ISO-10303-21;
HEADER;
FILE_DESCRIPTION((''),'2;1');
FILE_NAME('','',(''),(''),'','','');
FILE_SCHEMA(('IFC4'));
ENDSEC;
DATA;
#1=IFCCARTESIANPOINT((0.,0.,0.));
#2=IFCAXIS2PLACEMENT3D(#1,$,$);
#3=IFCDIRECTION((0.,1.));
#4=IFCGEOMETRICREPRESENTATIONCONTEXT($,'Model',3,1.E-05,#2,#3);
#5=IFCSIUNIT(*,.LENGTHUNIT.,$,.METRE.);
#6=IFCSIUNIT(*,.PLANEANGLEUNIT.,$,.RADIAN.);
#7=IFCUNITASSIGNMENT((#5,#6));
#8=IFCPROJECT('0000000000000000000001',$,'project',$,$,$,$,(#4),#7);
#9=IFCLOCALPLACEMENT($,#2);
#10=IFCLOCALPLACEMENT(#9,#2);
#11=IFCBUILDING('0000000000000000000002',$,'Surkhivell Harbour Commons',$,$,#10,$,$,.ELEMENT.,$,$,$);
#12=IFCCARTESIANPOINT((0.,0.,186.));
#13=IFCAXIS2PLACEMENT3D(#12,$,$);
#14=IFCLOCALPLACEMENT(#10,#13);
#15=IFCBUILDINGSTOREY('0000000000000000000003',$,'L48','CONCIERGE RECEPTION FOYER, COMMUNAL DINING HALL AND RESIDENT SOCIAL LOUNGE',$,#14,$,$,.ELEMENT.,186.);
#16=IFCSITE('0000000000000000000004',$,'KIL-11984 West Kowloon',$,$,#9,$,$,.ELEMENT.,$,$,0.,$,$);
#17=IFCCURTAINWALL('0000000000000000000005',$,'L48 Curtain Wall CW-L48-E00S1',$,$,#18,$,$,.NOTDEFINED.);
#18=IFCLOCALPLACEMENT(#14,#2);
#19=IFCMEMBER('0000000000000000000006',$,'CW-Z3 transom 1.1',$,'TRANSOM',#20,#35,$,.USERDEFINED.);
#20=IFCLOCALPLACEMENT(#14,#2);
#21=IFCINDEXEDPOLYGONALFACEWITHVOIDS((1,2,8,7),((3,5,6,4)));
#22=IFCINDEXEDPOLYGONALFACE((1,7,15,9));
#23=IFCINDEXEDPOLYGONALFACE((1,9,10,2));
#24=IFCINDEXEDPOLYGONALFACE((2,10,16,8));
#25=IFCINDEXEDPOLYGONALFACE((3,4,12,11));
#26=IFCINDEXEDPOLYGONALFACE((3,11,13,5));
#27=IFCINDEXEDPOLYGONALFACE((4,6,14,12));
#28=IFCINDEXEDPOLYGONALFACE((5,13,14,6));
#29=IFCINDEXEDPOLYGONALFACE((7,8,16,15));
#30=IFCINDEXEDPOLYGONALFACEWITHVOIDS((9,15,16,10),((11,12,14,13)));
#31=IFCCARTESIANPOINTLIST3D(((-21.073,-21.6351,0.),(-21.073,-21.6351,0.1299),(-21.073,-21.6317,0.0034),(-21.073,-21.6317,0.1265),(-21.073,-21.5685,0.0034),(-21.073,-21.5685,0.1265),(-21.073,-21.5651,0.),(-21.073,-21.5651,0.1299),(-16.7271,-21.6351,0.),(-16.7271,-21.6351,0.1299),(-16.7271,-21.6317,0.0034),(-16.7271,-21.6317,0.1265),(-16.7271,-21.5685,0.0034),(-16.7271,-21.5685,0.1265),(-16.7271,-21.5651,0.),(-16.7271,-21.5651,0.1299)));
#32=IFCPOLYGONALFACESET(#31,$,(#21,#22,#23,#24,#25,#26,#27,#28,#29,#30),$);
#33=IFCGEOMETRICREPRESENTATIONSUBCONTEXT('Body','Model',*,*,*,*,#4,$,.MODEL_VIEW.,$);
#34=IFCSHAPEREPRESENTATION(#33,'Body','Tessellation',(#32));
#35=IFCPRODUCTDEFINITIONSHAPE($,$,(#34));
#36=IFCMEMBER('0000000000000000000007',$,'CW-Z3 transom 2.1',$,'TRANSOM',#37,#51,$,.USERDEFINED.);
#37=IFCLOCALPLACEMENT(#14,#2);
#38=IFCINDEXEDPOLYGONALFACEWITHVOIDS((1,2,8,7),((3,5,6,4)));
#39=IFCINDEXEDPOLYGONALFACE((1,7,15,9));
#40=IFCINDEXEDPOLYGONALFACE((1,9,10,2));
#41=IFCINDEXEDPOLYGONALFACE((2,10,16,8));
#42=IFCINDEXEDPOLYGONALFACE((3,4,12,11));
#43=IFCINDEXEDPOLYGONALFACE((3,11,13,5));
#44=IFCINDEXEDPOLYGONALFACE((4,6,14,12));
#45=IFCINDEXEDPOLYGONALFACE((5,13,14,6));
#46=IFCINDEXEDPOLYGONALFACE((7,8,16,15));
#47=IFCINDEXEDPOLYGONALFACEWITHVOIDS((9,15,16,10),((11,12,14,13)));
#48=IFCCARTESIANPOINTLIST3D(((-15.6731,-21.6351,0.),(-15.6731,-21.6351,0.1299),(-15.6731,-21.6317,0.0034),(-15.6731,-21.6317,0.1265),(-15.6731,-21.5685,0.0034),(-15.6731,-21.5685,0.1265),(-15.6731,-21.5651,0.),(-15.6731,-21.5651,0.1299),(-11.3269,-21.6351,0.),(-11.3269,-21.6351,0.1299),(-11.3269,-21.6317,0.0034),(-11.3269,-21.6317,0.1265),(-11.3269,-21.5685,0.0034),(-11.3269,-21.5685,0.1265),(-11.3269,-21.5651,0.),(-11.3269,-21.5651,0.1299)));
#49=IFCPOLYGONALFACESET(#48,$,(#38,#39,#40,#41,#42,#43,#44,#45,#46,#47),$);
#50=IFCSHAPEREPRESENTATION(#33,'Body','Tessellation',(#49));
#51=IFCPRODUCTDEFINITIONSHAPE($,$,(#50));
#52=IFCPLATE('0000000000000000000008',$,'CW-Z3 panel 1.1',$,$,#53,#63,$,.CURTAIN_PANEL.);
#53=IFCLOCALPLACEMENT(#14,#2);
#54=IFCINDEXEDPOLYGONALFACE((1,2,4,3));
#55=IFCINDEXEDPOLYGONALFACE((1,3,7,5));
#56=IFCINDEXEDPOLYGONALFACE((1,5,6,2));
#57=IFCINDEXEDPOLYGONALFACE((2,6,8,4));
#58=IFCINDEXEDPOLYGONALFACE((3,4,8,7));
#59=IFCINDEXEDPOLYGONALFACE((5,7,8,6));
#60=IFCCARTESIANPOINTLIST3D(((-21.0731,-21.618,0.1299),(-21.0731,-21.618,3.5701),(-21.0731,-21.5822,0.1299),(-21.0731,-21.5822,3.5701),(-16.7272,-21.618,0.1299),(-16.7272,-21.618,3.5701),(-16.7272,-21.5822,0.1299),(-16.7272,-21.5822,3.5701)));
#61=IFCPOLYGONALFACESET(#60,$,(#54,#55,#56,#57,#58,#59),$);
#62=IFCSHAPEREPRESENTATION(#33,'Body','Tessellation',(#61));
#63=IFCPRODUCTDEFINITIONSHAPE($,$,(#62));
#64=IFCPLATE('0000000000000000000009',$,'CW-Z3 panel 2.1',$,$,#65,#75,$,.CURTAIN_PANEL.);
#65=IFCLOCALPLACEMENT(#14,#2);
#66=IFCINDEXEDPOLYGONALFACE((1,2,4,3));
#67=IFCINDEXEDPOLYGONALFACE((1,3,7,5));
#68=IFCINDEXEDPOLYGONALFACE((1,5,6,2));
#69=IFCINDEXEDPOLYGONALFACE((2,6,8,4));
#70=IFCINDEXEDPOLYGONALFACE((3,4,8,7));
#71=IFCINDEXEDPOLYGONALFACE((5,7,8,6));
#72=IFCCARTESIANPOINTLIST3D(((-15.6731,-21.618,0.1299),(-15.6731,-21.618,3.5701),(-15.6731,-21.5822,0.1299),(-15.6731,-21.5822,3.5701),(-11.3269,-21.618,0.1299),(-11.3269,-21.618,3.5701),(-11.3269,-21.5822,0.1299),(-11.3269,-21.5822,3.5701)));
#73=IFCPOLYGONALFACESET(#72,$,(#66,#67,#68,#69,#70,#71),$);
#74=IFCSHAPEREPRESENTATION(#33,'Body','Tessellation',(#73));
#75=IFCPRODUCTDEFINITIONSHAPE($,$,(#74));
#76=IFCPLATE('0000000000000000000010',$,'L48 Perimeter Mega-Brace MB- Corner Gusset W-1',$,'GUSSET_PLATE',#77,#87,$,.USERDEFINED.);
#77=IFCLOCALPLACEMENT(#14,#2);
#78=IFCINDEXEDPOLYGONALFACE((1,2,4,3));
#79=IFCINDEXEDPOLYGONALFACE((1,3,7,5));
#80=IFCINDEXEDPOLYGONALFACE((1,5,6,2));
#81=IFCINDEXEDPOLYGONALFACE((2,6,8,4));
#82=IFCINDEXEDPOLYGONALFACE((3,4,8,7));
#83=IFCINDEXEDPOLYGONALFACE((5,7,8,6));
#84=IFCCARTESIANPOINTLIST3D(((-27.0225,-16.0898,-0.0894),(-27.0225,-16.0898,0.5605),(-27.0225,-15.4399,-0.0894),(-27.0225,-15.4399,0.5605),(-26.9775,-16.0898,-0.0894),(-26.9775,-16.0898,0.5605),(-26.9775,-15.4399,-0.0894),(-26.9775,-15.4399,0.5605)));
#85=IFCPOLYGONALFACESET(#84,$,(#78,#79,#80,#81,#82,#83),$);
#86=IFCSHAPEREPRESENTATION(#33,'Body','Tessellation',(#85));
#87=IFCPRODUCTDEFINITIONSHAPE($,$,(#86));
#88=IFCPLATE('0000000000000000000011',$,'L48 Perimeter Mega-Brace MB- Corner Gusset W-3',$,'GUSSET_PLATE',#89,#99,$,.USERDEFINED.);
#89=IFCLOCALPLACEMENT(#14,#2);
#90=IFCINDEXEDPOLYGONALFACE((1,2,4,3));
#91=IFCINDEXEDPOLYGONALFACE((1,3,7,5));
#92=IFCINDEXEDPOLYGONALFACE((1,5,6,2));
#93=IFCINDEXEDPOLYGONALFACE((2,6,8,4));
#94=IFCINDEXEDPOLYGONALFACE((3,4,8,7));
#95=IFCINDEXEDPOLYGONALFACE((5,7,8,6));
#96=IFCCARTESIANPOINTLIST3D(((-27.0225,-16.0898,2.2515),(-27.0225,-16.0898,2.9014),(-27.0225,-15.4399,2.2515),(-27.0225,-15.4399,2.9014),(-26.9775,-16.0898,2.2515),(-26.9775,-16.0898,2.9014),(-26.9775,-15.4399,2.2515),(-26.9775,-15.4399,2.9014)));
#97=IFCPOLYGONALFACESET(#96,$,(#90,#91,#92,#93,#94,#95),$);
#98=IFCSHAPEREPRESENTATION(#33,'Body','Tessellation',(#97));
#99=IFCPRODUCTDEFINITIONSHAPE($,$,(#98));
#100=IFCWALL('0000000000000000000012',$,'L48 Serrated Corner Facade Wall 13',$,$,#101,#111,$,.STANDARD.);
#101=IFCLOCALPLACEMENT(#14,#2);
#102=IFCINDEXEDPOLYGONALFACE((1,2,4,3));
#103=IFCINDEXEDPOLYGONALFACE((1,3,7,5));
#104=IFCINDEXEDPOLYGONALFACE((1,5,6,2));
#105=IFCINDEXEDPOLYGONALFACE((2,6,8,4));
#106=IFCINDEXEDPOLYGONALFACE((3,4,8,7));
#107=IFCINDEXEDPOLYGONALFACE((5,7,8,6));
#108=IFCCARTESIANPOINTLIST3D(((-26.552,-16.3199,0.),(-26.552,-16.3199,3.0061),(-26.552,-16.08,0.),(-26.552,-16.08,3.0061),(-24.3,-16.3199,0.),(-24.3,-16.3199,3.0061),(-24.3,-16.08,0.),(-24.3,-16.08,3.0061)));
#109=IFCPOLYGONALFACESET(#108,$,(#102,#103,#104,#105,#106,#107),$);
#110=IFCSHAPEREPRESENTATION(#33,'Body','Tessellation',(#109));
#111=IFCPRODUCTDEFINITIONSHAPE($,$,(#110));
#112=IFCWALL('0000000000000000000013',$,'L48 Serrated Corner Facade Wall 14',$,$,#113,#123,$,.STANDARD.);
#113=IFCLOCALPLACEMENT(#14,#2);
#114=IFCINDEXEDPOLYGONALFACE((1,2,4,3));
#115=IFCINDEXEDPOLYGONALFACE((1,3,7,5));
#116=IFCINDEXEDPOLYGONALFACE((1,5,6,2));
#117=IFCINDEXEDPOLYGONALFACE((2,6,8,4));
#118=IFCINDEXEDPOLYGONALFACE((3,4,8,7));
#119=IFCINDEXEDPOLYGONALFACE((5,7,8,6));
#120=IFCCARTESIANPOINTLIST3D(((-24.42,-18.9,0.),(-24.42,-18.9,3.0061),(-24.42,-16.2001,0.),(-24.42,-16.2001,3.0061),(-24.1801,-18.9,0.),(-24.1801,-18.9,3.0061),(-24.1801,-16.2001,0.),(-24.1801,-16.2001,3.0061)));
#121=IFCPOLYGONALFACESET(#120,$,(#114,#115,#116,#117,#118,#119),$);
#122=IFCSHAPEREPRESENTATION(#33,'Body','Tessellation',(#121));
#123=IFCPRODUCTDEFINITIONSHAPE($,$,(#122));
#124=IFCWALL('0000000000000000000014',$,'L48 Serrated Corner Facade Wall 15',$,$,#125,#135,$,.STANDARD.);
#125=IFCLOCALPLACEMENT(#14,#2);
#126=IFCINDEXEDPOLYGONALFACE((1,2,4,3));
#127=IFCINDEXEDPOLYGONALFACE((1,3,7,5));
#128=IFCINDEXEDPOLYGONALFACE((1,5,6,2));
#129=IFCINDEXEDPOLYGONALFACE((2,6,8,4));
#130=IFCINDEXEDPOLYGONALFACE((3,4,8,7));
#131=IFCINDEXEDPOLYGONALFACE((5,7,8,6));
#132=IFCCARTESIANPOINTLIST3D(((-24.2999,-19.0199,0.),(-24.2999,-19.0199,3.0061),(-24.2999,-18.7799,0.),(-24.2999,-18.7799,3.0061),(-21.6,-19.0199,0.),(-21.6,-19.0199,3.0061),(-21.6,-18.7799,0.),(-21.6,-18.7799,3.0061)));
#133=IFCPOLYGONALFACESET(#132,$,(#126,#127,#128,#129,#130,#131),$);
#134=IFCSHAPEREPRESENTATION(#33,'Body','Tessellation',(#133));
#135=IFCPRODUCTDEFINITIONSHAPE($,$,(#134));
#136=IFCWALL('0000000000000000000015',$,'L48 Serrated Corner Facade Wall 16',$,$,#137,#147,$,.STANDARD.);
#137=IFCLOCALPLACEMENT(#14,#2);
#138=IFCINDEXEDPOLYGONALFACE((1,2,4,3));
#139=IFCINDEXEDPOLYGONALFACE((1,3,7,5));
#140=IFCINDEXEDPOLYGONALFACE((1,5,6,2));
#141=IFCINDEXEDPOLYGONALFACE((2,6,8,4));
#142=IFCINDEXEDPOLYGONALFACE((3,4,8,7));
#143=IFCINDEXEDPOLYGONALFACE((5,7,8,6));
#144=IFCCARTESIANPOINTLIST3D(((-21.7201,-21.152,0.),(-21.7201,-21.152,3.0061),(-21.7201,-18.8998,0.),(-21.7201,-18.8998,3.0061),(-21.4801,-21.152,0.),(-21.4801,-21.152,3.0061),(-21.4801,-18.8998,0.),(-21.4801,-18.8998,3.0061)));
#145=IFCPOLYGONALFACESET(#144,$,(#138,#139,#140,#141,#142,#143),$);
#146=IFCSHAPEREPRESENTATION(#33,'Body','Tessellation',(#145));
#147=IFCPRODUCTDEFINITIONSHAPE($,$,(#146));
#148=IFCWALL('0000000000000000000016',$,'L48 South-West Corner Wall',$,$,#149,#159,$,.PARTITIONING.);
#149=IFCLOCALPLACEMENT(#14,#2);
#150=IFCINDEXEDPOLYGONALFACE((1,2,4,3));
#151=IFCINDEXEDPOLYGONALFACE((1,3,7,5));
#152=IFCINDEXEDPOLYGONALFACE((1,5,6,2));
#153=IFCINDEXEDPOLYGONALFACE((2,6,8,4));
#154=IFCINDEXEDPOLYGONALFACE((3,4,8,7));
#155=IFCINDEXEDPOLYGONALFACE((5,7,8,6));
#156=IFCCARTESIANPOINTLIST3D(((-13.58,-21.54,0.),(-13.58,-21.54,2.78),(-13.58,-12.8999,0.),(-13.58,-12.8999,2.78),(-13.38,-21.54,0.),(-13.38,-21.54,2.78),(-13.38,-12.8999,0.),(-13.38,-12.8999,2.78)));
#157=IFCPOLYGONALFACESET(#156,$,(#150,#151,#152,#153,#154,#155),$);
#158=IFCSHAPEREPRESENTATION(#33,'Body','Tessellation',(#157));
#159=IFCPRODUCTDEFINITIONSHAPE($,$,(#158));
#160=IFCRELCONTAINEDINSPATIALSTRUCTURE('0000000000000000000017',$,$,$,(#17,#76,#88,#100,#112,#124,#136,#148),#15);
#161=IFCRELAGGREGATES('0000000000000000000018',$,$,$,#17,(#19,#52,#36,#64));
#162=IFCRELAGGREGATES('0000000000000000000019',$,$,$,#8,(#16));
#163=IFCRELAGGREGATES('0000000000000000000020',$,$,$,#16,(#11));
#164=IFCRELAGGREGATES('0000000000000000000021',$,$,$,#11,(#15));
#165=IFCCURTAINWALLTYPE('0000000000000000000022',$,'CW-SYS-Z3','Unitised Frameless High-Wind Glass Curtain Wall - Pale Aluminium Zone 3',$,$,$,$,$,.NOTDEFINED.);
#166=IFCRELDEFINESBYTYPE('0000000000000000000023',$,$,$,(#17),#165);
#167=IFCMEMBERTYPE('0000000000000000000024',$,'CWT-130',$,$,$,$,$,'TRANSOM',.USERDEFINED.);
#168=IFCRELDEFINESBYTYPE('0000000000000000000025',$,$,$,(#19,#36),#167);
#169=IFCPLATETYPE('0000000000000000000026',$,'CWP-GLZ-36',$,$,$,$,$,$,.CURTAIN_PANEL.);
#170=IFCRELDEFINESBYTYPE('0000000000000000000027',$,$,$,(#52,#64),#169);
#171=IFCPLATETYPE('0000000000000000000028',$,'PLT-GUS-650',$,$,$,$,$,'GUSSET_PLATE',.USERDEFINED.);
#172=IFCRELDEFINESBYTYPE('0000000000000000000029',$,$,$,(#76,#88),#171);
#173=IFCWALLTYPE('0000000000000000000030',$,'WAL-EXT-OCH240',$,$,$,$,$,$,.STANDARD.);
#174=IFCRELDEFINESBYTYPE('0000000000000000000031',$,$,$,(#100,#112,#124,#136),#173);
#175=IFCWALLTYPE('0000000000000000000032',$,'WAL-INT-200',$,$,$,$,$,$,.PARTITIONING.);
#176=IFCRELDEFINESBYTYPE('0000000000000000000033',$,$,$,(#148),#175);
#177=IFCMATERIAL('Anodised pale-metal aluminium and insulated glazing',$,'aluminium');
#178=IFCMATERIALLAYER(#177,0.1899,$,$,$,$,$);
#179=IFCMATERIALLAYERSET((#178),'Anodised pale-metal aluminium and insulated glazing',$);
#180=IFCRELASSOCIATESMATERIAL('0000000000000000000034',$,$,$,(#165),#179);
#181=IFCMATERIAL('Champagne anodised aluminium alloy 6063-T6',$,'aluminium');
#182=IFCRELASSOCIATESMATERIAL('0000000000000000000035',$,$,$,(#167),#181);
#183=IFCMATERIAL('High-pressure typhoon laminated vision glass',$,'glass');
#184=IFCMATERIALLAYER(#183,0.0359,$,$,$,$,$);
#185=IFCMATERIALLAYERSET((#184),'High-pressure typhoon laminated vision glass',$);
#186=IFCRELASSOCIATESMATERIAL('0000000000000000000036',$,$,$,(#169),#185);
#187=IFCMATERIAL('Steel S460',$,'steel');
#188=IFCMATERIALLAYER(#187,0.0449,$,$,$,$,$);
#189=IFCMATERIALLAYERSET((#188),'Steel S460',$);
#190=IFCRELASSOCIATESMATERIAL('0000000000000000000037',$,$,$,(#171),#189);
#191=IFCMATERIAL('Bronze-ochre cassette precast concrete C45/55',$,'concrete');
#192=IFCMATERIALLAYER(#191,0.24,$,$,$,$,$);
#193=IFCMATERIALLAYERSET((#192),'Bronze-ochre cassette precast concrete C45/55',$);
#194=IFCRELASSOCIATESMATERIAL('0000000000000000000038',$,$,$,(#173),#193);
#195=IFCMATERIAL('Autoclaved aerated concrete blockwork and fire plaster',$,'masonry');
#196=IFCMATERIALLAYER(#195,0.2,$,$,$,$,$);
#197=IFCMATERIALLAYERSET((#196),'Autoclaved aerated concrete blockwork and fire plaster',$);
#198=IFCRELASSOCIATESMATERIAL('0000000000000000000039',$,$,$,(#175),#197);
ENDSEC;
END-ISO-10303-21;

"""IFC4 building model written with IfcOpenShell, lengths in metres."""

from ifc_helpers import new_model, si_unit, direction, frame, frame_2d, origin, origin_2d, place, context, subcontext, project, spatial, rectangle, hollow_rectangle, extrude, material, layer, layer_set, material_profile, profile_set, type_object, element, aggregate, save


model = new_model("IFC4")

# Units and contexts
model_context = context("Model", 3, precision=1e-05, world=origin(), true_north=direction((0.0, 1.0)))
body_context = subcontext(model_context, "Body", "Model", "MODEL_VIEW")
ifc_project = project(units=[si_unit("LENGTHUNIT", "METRE"), si_unit("PLANEANGLEUNIT", "RADIAN")], contexts=[model_context])

# Site, building, storey
site_placement = place(None, origin())
site = spatial("IfcSite", under=ifc_project, at=site_placement, Name="KIL-11984 West Kowloon", CompositionType="ELEMENT", RefElevation=0.0)
building_placement = place(site_placement, origin())
building = spatial("IfcBuilding", under=site, at=building_placement, Name="Surkhivell Harbour Commons", CompositionType="ELEMENT")
storey_placement = place(building_placement, frame((0.0, 0.0, 186.0)))
storey = spatial("IfcBuildingStorey", under=building, at=storey_placement, Name="L48", Description="CONCIERGE RECEPTION FOYER, COMMUNAL DINING HALL AND RESIDENT SOCIAL LOUNGE", CompositionType="ELEMENT", Elevation=186.0)

# Curtain wall, members, plates
ifc_material_1 = material(Name="Anodised pale-metal aluminium and insulated glazing", Category="aluminium")
ifc_layer_1 = layer(ifc_material_1, 0.1899)
ifc_layer_set_1 = layer_set([ifc_layer_1], Name="Anodised pale-metal aluminium and insulated glazing")
curtain_wall_type = type_object("IfcCurtainWallType", Name="CW-SYS-Z3", Description="Unitised Frameless High-Wind Glass Curtain Wall - Pale Aluminium Zone 3", PredefinedType="NOTDEFINED", material=ifc_layer_set_1)
curtain_wall_placement = place(storey_placement, origin())
curtain_wall = element("IfcCurtainWall", 1, at=curtain_wall_placement, inside=storey, type_object=curtain_wall_type, Name="L48 Curtain Wall CW-L48-E00S1", PredefinedType="NOTDEFINED")
ifc_material_2 = material(Name="Champagne anodised aluminium alloy 6063-T6", Category="aluminium")
ifc_material_profile_1 = material_profile(ifc_material_2, hollow_rectangle(XDim=0.0701, YDim=0.1299, WallThickness=0.0034, at=origin_2d()), Name="ALU-TRAN-70x130")
ifc_profile_set_1 = profile_set([ifc_material_profile_1], Name="Champagne anodised aluminium alloy 6063-T6")
member_type_1 = type_object("IfcMemberType", Name="CWT-130", ElementType="TRANSOM", PredefinedType="USERDEFINED", material=ifc_profile_set_1)
member_1_placement = place(storey_placement, frame((-21.073, -21.6001, 0.0649), z_axis=(1.0, 0.0, 0.0), x_axis=(0.0, 1.0, 0.0)))
member_1 = element("IfcMember", 2, at=member_1_placement, type_object=member_type_1, Name="CW-Z3 transom 1.1", ObjectType="TRANSOM", PredefinedType="USERDEFINED", context=body_context, shape_type="SweptSolid", body=[
    extrude(hollow_rectangle(XDim=0.0701, YDim=0.1299, WallThickness=0.0034, at=origin_2d()), origin(), (0.0, 0.0, 1.0), 4.3459),
])
member_2_placement = place(storey_placement, frame((-15.6731, -21.6001, 0.0649), z_axis=(1.0, 0.0, 0.0), x_axis=(0.0, 1.0, 0.0)))
member_2 = element("IfcMember", 3, at=member_2_placement, type_object=member_type_1, Name="CW-Z3 transom 2.1", ObjectType="TRANSOM", PredefinedType="USERDEFINED", context=body_context, shape_type="SweptSolid", body=[
    extrude(hollow_rectangle(XDim=0.0701, YDim=0.1299, WallThickness=0.0034, at=origin_2d()), origin(), (0.0, 0.0, 1.0), 4.3462),
])
ifc_material_3 = material(Name="High-pressure typhoon laminated vision glass", Category="glass")
ifc_layer_2 = layer(ifc_material_3, 0.0359)
ifc_layer_set_2 = layer_set([ifc_layer_2], Name="High-pressure typhoon laminated vision glass")
plate_type_1 = type_object("IfcPlateType", Name="CWP-GLZ-36", PredefinedType="CURTAIN_PANEL", material=ifc_layer_set_2)
plate_1_placement = place(storey_placement, frame((-21.073, -21.6001, 0.1299), z_axis=(0.0, 0.0, 1.0), x_axis=(1.0, 0.0, 0.0)))
plate_1 = element("IfcPlate", 4, at=plate_1_placement, type_object=plate_type_1, Name="CW-Z3 panel 1.1", PredefinedType="CURTAIN_PANEL", context=body_context, shape_type="SweptSolid", body=[
    extrude(rectangle(XDim=4.3459, YDim=0.0359, at=frame_2d((2.1729, 0.0))), origin(), (0.0, 0.0, 1.0), 3.4402),
])
plate_2_placement = place(storey_placement, frame((-15.6731, -21.6001, 0.1299), z_axis=(0.0, 0.0, 1.0), x_axis=(1.0, 0.0, 0.0)))
plate_2 = element("IfcPlate", 5, at=plate_2_placement, type_object=plate_type_1, Name="CW-Z3 panel 2.1", PredefinedType="CURTAIN_PANEL", context=body_context, shape_type="SweptSolid", body=[
    extrude(rectangle(XDim=4.3462, YDim=0.0359, at=frame_2d((2.1731, 0.0))), origin(), (0.0, 0.0, 1.0), 3.4402),
])
aggregate(curtain_wall, [member_1, plate_1, member_2, plate_2])

# Plates
ifc_material_4 = material(Name="Steel S460", Category="steel")
ifc_layer_3 = layer(ifc_material_4, 0.0449)
ifc_layer_set_3 = layer_set([ifc_layer_3], Name="Steel S460")
plate_type_2 = type_object("IfcPlateType", Name="PLT-GUS-650", ElementType="GUSSET_PLATE", PredefinedType="USERDEFINED", material=ifc_layer_set_3)
for number, where, z_axis, x_axis, name in (
    (6, (-27.0, -15.7649, -0.0894), (0.0, 0.0, 1.0), (0.0, 1.0, 0.0), "L48 Perimeter Mega-Brace MB- Corner Gusset W-1"),
    (7, (-27.0, -15.7649, 2.2515), (0.0, 0.0, 1.0), (0.0, 1.0, 0.0), "L48 Perimeter Mega-Brace MB- Corner Gusset W-3"),
):
    element("IfcPlate", number, at=place(storey_placement, frame(where, z_axis=z_axis, x_axis=x_axis)), inside=storey, type_object=plate_type_2, Name=name, ObjectType="GUSSET_PLATE", PredefinedType="USERDEFINED", context=body_context, shape_type="SweptSolid", body=[
        extrude(rectangle(XDim=0.6499, YDim=0.0449, at=origin_2d()), origin(), (0.0, 0.0, 1.0), 0.6499),
    ])

# Walls
ifc_material_5 = material(Name="Bronze-ochre cassette precast concrete C45/55", Category="concrete")
ifc_layer_4 = layer(ifc_material_5, 0.24)
ifc_layer_set_4 = layer_set([ifc_layer_4], Name="Bronze-ochre cassette precast concrete C45/55")
wall_type_1 = type_object("IfcWallType", Name="WAL-EXT-OCH240", PredefinedType="STANDARD", material=ifc_layer_set_4)
wall_1_placement = place(storey_placement, frame((-26.552, -16.2, 0.0), z_axis=(0.0, 0.0, 1.0), x_axis=(1.0, 0.0, 0.0)))
element("IfcWall", 8, at=wall_1_placement, inside=storey, type_object=wall_type_1, Name="L48 Serrated Corner Facade Wall 13", PredefinedType="STANDARD", context=body_context, shape_type="SweptSolid", body=[
    extrude(rectangle(XDim=2.252, YDim=0.24, at=frame_2d((1.126, 0.0))), origin(), (0.0, 0.0, 1.0), 3.0061),
])
for number, where, z_axis, x_axis, name in (
    (9, (-24.3, -16.2, 0.0), (0.0, 0.0, 1.0), (0.0, -1.0, 0.0), "L48 Serrated Corner Facade Wall 14"),
    (10, (-24.3, -18.8999, 0.0), (0.0, 0.0, 1.0), (1.0, 0.0, 0.0), "L48 Serrated Corner Facade Wall 15"),
):
    element("IfcWall", number, at=place(storey_placement, frame(where, z_axis=z_axis, x_axis=x_axis)), inside=storey, type_object=wall_type_1, Name=name, PredefinedType="STANDARD", context=body_context, shape_type="SweptSolid", body=[
        extrude(rectangle(XDim=2.7, YDim=0.24, at=frame_2d((1.3501, 0.0))), origin(), (0.0, 0.0, 1.0), 3.0061),
    ])
wall_2_placement = place(storey_placement, frame((-21.6001, -18.8999, 0.0), z_axis=(0.0, 0.0, 1.0), x_axis=(0.0, -1.0, 0.0)))
element("IfcWall", 11, at=wall_2_placement, inside=storey, type_object=wall_type_1, Name="L48 Serrated Corner Facade Wall 16", PredefinedType="STANDARD", context=body_context, shape_type="SweptSolid", body=[
    extrude(rectangle(XDim=2.2522, YDim=0.24, at=frame_2d((1.126, 0.0))), origin(), (0.0, 0.0, 1.0), 3.0061),
])
ifc_material_6 = material(Name="Autoclaved aerated concrete blockwork and fire plaster", Category="masonry")
ifc_layer_5 = layer(ifc_material_6, 0.2)
ifc_layer_set_5 = layer_set([ifc_layer_5], Name="Autoclaved aerated concrete blockwork and fire plaster")
wall_type_2 = type_object("IfcWallType", Name="WAL-INT-200", PredefinedType="PARTITIONING", material=ifc_layer_set_5)
wall_3_placement = place(storey_placement, frame((-13.48, -21.54, 0.0), z_axis=(0.0, 0.0, 1.0), x_axis=(0.0, 1.0, 0.0)))
element("IfcWall", 12, at=wall_3_placement, inside=storey, type_object=wall_type_2, Name="L48 South-West Corner Wall", PredefinedType="PARTITIONING", context=body_context, shape_type="SweptSolid", body=[
    extrude(rectangle(XDim=8.6401, YDim=0.2, at=frame_2d((4.3201, 0.0))), origin(), (0.0, 0.0, 1.0), 2.78),
])

save(model, "model.ifc")
